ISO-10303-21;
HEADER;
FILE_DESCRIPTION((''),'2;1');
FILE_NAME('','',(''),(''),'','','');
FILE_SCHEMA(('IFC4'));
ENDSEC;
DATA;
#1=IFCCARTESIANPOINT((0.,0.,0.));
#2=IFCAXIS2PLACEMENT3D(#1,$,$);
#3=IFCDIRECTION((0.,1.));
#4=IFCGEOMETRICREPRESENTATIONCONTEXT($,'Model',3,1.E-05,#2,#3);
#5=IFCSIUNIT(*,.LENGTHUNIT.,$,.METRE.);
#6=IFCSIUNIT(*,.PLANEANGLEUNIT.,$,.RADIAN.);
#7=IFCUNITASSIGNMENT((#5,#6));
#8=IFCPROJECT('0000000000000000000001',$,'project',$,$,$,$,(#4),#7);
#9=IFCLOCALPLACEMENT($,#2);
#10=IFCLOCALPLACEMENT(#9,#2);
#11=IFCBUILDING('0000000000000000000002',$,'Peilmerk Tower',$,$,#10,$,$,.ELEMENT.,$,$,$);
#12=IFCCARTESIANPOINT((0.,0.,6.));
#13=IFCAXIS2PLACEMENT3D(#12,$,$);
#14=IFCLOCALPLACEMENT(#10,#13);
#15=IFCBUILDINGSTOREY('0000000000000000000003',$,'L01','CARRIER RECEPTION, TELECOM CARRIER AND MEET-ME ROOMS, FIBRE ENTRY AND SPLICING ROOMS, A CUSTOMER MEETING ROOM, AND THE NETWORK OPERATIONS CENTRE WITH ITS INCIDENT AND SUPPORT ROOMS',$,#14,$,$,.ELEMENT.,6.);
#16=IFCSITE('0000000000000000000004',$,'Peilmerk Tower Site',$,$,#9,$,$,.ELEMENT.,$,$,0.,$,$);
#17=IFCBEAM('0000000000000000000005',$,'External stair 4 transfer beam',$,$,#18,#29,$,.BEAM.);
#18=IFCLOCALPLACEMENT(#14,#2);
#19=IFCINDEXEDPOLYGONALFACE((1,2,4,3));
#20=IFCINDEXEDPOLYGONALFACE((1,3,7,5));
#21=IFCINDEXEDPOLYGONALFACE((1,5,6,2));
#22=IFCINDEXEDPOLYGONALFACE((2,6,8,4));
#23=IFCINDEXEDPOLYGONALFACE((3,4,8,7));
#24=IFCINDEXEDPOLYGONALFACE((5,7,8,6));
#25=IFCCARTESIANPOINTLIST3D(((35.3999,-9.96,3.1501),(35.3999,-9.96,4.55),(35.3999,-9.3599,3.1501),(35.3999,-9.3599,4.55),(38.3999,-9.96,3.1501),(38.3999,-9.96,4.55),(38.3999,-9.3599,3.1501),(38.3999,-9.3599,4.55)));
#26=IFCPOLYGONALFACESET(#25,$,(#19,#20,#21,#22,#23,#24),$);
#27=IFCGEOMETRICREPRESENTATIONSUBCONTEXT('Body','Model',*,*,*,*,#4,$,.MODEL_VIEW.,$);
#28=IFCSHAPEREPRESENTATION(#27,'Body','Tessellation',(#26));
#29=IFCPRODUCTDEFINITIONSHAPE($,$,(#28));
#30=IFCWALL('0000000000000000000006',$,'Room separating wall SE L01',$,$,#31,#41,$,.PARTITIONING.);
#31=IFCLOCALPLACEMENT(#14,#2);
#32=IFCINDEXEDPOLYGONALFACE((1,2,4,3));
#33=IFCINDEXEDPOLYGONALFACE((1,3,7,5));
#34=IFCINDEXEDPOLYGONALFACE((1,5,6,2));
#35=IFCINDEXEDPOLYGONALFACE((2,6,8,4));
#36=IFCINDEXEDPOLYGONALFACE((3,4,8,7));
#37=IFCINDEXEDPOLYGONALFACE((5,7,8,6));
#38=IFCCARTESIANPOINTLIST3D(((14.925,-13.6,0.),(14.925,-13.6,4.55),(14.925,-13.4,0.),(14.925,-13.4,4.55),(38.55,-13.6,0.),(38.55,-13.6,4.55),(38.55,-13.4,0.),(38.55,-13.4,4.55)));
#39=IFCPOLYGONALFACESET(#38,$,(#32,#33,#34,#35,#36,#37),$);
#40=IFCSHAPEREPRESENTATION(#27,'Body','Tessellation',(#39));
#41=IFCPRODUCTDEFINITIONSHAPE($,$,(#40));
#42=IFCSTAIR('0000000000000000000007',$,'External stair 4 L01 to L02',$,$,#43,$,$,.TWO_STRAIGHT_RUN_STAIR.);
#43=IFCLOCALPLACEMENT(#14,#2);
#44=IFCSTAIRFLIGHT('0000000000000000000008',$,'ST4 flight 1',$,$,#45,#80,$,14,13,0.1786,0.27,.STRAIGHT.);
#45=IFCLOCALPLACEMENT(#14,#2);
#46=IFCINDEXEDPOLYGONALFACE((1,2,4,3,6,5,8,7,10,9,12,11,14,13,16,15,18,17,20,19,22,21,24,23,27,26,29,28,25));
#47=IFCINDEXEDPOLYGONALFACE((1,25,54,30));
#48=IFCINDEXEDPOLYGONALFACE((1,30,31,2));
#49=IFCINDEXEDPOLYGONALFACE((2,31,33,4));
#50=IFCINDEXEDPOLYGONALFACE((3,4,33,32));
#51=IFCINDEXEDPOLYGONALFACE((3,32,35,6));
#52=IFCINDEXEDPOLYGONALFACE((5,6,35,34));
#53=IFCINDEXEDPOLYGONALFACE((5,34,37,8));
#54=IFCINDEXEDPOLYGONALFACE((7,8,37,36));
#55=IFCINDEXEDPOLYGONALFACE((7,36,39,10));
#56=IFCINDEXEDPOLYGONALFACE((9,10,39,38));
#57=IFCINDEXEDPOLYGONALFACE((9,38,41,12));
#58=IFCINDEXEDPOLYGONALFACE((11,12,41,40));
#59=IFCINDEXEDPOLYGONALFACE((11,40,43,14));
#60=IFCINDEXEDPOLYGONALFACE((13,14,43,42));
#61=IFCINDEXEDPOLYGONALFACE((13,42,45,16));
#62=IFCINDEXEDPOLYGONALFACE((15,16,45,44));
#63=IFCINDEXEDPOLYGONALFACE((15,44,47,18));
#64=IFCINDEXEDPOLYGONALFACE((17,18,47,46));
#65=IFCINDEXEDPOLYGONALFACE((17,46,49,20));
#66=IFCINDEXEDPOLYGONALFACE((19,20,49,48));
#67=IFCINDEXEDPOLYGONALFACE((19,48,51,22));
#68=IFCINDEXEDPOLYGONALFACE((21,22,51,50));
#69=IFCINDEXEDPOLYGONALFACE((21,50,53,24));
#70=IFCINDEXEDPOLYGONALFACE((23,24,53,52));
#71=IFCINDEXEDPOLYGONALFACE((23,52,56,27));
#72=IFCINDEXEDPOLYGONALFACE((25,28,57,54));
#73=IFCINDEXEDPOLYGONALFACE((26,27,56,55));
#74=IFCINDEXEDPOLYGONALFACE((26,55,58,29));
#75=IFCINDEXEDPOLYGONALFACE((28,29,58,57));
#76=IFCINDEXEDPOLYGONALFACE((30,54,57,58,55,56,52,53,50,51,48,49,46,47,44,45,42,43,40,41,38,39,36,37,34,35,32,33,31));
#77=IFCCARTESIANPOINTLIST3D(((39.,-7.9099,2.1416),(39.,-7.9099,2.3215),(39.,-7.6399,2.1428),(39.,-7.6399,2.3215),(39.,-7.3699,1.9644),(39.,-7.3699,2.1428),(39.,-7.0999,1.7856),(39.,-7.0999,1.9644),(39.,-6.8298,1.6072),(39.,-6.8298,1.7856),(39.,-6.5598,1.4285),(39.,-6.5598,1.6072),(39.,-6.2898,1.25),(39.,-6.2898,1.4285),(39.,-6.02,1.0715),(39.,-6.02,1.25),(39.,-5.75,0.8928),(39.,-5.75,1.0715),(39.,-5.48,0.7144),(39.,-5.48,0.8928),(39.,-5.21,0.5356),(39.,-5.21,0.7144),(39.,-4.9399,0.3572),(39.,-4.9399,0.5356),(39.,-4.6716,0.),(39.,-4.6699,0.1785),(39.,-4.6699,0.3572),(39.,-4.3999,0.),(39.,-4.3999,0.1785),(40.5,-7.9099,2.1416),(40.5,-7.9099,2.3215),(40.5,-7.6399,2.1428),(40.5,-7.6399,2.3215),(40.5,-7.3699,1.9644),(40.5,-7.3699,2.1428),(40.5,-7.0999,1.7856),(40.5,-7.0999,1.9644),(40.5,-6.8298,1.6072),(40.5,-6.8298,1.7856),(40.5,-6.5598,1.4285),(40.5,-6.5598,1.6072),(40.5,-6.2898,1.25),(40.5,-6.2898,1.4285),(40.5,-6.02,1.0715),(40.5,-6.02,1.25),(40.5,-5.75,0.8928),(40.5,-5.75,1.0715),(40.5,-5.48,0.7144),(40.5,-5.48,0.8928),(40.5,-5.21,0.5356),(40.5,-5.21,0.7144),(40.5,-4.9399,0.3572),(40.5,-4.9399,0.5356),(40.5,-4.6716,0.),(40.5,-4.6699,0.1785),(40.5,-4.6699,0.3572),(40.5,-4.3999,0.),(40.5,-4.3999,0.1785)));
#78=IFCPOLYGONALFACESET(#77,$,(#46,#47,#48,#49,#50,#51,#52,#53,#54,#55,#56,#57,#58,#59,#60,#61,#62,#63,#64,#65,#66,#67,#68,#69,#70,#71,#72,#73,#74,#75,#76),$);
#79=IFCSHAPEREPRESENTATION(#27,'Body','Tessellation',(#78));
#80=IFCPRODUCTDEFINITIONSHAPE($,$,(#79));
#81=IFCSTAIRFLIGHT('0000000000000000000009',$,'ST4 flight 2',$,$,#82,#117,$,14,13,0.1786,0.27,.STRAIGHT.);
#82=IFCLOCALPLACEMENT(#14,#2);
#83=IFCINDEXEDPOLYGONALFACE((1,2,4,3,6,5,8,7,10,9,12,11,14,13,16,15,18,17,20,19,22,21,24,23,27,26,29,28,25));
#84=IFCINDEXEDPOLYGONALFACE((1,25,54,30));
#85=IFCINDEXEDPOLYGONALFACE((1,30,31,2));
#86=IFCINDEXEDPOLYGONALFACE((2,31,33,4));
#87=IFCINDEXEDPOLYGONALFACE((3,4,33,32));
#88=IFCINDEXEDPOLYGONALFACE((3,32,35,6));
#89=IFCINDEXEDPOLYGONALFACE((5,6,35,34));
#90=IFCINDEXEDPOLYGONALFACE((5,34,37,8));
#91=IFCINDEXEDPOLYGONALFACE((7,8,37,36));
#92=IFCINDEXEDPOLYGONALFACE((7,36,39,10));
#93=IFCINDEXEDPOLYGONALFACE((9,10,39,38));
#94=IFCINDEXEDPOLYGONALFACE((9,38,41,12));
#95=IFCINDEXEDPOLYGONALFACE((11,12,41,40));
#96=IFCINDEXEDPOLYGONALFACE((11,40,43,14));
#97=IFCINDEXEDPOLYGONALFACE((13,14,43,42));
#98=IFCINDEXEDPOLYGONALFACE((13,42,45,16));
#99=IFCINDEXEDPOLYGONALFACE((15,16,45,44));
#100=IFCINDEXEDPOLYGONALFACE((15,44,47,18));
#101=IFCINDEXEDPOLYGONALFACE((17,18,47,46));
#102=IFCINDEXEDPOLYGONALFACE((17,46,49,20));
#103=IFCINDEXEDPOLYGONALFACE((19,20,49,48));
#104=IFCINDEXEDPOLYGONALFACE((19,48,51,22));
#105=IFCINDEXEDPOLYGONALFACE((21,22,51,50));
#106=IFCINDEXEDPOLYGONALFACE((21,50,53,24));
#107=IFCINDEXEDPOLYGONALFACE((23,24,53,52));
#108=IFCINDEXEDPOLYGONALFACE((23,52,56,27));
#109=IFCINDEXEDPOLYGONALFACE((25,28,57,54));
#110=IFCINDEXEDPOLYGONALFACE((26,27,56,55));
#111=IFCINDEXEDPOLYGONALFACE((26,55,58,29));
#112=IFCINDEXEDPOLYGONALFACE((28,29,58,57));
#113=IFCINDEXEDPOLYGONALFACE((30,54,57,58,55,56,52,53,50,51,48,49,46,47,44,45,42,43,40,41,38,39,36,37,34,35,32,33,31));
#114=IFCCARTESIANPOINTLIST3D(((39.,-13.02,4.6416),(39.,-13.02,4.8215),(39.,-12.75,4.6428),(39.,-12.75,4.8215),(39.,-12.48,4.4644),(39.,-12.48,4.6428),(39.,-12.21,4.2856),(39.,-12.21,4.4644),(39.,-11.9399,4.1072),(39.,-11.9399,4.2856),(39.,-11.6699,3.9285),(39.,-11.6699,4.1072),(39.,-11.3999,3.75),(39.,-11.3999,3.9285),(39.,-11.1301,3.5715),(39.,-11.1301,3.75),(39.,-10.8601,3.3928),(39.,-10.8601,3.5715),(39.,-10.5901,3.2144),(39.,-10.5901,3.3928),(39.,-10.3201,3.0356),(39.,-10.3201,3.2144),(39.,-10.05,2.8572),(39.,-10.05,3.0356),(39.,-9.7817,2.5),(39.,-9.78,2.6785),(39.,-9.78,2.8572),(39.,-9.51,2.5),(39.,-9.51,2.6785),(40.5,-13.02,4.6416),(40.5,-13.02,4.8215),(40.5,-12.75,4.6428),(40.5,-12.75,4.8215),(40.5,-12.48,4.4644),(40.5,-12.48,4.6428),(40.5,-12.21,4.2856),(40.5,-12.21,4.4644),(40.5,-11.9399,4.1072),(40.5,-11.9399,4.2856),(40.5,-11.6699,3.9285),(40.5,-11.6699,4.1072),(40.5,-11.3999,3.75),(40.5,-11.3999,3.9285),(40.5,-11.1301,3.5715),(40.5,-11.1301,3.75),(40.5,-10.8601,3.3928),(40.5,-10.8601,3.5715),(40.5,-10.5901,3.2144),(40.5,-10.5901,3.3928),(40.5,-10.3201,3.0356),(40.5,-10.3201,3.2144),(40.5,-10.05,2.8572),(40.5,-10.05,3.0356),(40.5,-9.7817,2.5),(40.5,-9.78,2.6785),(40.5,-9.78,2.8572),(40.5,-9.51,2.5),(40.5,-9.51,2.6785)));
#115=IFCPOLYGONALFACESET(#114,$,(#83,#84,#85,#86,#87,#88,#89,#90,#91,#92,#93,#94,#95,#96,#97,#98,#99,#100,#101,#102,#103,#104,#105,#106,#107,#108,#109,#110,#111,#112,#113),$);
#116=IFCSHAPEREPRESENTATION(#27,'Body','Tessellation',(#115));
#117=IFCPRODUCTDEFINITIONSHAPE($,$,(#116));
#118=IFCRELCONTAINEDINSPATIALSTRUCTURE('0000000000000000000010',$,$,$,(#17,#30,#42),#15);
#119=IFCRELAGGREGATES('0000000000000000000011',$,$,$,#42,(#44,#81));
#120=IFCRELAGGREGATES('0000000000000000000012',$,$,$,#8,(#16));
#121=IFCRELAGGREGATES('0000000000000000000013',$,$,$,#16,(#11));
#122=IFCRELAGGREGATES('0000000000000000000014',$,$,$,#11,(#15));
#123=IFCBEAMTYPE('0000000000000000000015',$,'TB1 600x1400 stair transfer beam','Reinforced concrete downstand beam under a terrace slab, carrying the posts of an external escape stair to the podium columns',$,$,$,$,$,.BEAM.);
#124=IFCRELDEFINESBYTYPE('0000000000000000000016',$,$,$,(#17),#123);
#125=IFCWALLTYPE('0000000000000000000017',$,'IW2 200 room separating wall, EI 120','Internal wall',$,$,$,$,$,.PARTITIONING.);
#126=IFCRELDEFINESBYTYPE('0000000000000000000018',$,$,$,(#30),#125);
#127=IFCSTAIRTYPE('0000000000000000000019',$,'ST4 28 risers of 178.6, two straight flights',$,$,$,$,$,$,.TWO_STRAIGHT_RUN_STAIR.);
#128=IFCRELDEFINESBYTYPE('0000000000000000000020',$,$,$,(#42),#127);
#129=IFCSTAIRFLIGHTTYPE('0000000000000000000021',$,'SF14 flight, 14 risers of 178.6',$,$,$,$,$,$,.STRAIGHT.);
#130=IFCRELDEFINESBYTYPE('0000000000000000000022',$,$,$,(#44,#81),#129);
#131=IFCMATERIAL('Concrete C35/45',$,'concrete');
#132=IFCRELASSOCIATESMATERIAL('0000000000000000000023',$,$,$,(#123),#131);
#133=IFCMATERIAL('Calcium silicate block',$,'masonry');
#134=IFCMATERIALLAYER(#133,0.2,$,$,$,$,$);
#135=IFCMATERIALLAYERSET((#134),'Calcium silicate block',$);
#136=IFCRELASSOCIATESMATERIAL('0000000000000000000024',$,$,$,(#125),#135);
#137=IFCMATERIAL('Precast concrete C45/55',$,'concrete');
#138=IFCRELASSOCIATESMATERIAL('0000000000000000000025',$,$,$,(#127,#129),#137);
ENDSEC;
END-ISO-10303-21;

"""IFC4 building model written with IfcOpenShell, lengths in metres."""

from ifc_helpers import new_model, si_unit, direction, frame, frame_2d, origin, origin_2d, place, context, subcontext, project, spatial, polyline, rectangle, outline, extrude, material, layer, layer_set, material_profile, profile_set, type_object, element, aggregate, save


model = new_model("IFC4")

# Units and contexts
model_context = context("Model", 3, precision=1e-05, world=origin(), true_north=direction((0.0, 1.0)))
body_context = subcontext(model_context, "Body", "Model", "MODEL_VIEW")
ifc_project = project(units=[si_unit("LENGTHUNIT", "METRE"), si_unit("PLANEANGLEUNIT", "RADIAN")], contexts=[model_context])

# Site, building, storey
site_placement = place(None, origin())
site = spatial("IfcSite", under=ifc_project, at=site_placement, Name="Peilmerk Tower Site", CompositionType="ELEMENT", RefElevation=0.0)
building_placement = place(site_placement, origin())
building = spatial("IfcBuilding", under=site, at=building_placement, Name="Peilmerk Tower", CompositionType="ELEMENT")
storey_placement = place(building_placement, frame((0.0, 0.0, 6.0)))
storey = spatial("IfcBuildingStorey", under=building, at=storey_placement, Name="L01", Description="CARRIER RECEPTION, TELECOM CARRIER AND MEET-ME ROOMS, FIBRE ENTRY AND SPLICING ROOMS, A CUSTOMER MEETING ROOM, AND THE NETWORK OPERATIONS CENTRE WITH ITS INCIDENT AND SUPPORT ROOMS", CompositionType="ELEMENT", Elevation=6.0)

# Beam
ifc_material_1 = material(Name="Concrete C35/45", Category="concrete")
ifc_material_profile_1 = material_profile(ifc_material_1, rectangle(XDim=0.6001, YDim=1.3999, at=origin_2d()), Name="RC 600x1400")
ifc_profile_set_1 = profile_set([ifc_material_profile_1], Name="Concrete C35/45")
beam_type_1 = type_object("IfcBeamType", Name="TB1 600x1400 stair transfer beam", Description="Reinforced concrete downstand beam under a terrace slab, carrying the posts of an external escape stair to the podium columns", PredefinedType="BEAM", material=ifc_profile_set_1)
for number, where, z_axis, x_axis, name in (
    (1, (35.3999, -9.6599, 3.8501), (1.0, 0.0, 0.0), (0.0, 1.0, 0.0), "External stair 4 transfer beam"),
):
    element("IfcBeam", number, at=place(storey_placement, frame(where, z_axis=z_axis, x_axis=x_axis)), inside=storey, type_object=beam_type_1, Name=name, PredefinedType="BEAM", context=body_context, shape_type="SweptSolid", body=[
        extrude(rectangle(XDim=0.6001, YDim=1.3999, at=origin_2d()), origin(), (0.0, 0.0, 1.0), 3.0),
    ])

# Wall
ifc_material_2 = material(Name="Calcium silicate block", Category="masonry")
ifc_layer = layer(ifc_material_2, 0.2)
ifc_layer_set = layer_set([ifc_layer], Name="Calcium silicate block")
wall_type = type_object("IfcWallType", Name="IW2 200 room separating wall, EI 120", Description="Internal wall", PredefinedType="PARTITIONING", material=ifc_layer_set)
wall_placement = place(storey_placement, frame((38.55, -13.5, 0.0), z_axis=(0.0, 0.0, 1.0), x_axis=(-1.0, 0.0, 0.0)))
element("IfcWall", 2, at=wall_placement, inside=storey, type_object=wall_type, Name="Room separating wall SE L01", PredefinedType="PARTITIONING", context=body_context, shape_type="SweptSolid", body=[
    extrude(rectangle(XDim=23.625, YDim=0.2, at=frame_2d((11.8125, 0.0))), origin(), (0.0, 0.0, 1.0), 4.55),
])

# Stair, stair flights
ifc_material_3 = material(Name="Precast concrete C45/55", Category="concrete")
stair_type = type_object("IfcStairType", Name="ST4 28 risers of 178.6, two straight flights", PredefinedType="TWO_STRAIGHT_RUN_STAIR", material=ifc_material_3)
stair_placement = place(storey_placement, origin())
stair = element("IfcStair", 3, at=stair_placement, inside=storey, type_object=stair_type, Name="External stair 4 L01 to L02", PredefinedType="TWO_STRAIGHT_RUN_STAIR")
stair_flight_type = type_object("IfcStairFlightType", Name="SF14 flight, 14 risers of 178.6", PredefinedType="STRAIGHT", material=ifc_material_3)
stair_flight_1_placement = place(storey_placement, frame((39.75, -4.3999, 0.0), z_axis=(0.0, 0.0, 1.0), x_axis=(0.0, -1.0, 0.0)))
stair_flight_1 = element("IfcStairFlight", 4, at=stair_flight_1_placement, type_object=stair_flight_type, Name="ST4 flight 1", NumberOfRisers=14, NumberOfTreads=13, PredefinedType="STRAIGHT", RiserHeight=0.1786, TreadLength=0.27, context=body_context, shape_type="SweptSolid", body=[
    extrude(outline(polyline([(0.0, 0.0), (0.0, 0.1785), (0.27, 0.1785), (0.27, 0.3572), (0.54, 0.3572), (0.54, 0.5356), (0.8101, 0.5356), (0.8101, 0.7144), (1.0801, 0.7144), (1.0801, 0.8928), (1.3501, 0.8928), (1.3501, 1.0715), (1.6201, 1.0715), (1.6201, 1.25), (1.8899, 1.25), (1.8899, 1.4285), (2.1599, 1.4285), (2.1599, 1.6072), (2.4299, 1.6072), (2.4299, 1.7856), (2.7, 1.7856), (2.7, 1.9644), (2.97, 1.9644), (2.97, 2.1428), (3.24, 2.1428), (3.24, 2.3215), (3.51, 2.3215), (3.51, 2.5), (3.51, 2.1416), (0.2717, 0.0), (0.0, 0.0)])), frame((0.0, 0.75, 0.0), z_axis=(0.0, -1.0, 0.0), x_axis=(1.0, 0.0, 0.0)), (0.0, 0.0, 1.0), 1.5),
])
stair_flight_2_placement = place(storey_placement, frame((39.75, -9.51, 2.5), z_axis=(0.0, 0.0, 1.0), x_axis=(0.0, -1.0, 0.0)))
stair_flight_2 = element("IfcStairFlight", 5, at=stair_flight_2_placement, type_object=stair_flight_type, Name="ST4 flight 2", NumberOfRisers=14, NumberOfTreads=13, PredefinedType="STRAIGHT", RiserHeight=0.1786, TreadLength=0.27, context=body_context, shape_type="SweptSolid", body=[
    extrude(outline(polyline([(0.0, 0.0), (0.0, 0.1785), (0.27, 0.1785), (0.27, 0.3572), (0.54, 0.3572), (0.54, 0.5356), (0.8101, 0.5356), (0.8101, 0.7144), (1.0801, 0.7144), (1.0801, 0.8928), (1.3501, 0.8928), (1.3501, 1.0715), (1.6201, 1.0715), (1.6201, 1.25), (1.8899, 1.25), (1.8899, 1.4285), (2.1599, 1.4285), (2.1599, 1.6072), (2.4299, 1.6072), (2.4299, 1.7856), (2.7, 1.7856), (2.7, 1.9644), (2.97, 1.9644), (2.97, 2.1428), (3.24, 2.1428), (3.24, 2.3215), (3.51, 2.3215), (3.51, 2.5), (3.51, 2.1416), (0.2717, 0.0), (0.0, 0.0)])), frame((0.0, 0.75, 0.0), z_axis=(0.0, -1.0, 0.0), x_axis=(1.0, 0.0, 0.0)), (0.0, 0.0, 1.0), 1.5),
])
aggregate(stair, [stair_flight_1, stair_flight_2])

save(model, "model.ifc")
